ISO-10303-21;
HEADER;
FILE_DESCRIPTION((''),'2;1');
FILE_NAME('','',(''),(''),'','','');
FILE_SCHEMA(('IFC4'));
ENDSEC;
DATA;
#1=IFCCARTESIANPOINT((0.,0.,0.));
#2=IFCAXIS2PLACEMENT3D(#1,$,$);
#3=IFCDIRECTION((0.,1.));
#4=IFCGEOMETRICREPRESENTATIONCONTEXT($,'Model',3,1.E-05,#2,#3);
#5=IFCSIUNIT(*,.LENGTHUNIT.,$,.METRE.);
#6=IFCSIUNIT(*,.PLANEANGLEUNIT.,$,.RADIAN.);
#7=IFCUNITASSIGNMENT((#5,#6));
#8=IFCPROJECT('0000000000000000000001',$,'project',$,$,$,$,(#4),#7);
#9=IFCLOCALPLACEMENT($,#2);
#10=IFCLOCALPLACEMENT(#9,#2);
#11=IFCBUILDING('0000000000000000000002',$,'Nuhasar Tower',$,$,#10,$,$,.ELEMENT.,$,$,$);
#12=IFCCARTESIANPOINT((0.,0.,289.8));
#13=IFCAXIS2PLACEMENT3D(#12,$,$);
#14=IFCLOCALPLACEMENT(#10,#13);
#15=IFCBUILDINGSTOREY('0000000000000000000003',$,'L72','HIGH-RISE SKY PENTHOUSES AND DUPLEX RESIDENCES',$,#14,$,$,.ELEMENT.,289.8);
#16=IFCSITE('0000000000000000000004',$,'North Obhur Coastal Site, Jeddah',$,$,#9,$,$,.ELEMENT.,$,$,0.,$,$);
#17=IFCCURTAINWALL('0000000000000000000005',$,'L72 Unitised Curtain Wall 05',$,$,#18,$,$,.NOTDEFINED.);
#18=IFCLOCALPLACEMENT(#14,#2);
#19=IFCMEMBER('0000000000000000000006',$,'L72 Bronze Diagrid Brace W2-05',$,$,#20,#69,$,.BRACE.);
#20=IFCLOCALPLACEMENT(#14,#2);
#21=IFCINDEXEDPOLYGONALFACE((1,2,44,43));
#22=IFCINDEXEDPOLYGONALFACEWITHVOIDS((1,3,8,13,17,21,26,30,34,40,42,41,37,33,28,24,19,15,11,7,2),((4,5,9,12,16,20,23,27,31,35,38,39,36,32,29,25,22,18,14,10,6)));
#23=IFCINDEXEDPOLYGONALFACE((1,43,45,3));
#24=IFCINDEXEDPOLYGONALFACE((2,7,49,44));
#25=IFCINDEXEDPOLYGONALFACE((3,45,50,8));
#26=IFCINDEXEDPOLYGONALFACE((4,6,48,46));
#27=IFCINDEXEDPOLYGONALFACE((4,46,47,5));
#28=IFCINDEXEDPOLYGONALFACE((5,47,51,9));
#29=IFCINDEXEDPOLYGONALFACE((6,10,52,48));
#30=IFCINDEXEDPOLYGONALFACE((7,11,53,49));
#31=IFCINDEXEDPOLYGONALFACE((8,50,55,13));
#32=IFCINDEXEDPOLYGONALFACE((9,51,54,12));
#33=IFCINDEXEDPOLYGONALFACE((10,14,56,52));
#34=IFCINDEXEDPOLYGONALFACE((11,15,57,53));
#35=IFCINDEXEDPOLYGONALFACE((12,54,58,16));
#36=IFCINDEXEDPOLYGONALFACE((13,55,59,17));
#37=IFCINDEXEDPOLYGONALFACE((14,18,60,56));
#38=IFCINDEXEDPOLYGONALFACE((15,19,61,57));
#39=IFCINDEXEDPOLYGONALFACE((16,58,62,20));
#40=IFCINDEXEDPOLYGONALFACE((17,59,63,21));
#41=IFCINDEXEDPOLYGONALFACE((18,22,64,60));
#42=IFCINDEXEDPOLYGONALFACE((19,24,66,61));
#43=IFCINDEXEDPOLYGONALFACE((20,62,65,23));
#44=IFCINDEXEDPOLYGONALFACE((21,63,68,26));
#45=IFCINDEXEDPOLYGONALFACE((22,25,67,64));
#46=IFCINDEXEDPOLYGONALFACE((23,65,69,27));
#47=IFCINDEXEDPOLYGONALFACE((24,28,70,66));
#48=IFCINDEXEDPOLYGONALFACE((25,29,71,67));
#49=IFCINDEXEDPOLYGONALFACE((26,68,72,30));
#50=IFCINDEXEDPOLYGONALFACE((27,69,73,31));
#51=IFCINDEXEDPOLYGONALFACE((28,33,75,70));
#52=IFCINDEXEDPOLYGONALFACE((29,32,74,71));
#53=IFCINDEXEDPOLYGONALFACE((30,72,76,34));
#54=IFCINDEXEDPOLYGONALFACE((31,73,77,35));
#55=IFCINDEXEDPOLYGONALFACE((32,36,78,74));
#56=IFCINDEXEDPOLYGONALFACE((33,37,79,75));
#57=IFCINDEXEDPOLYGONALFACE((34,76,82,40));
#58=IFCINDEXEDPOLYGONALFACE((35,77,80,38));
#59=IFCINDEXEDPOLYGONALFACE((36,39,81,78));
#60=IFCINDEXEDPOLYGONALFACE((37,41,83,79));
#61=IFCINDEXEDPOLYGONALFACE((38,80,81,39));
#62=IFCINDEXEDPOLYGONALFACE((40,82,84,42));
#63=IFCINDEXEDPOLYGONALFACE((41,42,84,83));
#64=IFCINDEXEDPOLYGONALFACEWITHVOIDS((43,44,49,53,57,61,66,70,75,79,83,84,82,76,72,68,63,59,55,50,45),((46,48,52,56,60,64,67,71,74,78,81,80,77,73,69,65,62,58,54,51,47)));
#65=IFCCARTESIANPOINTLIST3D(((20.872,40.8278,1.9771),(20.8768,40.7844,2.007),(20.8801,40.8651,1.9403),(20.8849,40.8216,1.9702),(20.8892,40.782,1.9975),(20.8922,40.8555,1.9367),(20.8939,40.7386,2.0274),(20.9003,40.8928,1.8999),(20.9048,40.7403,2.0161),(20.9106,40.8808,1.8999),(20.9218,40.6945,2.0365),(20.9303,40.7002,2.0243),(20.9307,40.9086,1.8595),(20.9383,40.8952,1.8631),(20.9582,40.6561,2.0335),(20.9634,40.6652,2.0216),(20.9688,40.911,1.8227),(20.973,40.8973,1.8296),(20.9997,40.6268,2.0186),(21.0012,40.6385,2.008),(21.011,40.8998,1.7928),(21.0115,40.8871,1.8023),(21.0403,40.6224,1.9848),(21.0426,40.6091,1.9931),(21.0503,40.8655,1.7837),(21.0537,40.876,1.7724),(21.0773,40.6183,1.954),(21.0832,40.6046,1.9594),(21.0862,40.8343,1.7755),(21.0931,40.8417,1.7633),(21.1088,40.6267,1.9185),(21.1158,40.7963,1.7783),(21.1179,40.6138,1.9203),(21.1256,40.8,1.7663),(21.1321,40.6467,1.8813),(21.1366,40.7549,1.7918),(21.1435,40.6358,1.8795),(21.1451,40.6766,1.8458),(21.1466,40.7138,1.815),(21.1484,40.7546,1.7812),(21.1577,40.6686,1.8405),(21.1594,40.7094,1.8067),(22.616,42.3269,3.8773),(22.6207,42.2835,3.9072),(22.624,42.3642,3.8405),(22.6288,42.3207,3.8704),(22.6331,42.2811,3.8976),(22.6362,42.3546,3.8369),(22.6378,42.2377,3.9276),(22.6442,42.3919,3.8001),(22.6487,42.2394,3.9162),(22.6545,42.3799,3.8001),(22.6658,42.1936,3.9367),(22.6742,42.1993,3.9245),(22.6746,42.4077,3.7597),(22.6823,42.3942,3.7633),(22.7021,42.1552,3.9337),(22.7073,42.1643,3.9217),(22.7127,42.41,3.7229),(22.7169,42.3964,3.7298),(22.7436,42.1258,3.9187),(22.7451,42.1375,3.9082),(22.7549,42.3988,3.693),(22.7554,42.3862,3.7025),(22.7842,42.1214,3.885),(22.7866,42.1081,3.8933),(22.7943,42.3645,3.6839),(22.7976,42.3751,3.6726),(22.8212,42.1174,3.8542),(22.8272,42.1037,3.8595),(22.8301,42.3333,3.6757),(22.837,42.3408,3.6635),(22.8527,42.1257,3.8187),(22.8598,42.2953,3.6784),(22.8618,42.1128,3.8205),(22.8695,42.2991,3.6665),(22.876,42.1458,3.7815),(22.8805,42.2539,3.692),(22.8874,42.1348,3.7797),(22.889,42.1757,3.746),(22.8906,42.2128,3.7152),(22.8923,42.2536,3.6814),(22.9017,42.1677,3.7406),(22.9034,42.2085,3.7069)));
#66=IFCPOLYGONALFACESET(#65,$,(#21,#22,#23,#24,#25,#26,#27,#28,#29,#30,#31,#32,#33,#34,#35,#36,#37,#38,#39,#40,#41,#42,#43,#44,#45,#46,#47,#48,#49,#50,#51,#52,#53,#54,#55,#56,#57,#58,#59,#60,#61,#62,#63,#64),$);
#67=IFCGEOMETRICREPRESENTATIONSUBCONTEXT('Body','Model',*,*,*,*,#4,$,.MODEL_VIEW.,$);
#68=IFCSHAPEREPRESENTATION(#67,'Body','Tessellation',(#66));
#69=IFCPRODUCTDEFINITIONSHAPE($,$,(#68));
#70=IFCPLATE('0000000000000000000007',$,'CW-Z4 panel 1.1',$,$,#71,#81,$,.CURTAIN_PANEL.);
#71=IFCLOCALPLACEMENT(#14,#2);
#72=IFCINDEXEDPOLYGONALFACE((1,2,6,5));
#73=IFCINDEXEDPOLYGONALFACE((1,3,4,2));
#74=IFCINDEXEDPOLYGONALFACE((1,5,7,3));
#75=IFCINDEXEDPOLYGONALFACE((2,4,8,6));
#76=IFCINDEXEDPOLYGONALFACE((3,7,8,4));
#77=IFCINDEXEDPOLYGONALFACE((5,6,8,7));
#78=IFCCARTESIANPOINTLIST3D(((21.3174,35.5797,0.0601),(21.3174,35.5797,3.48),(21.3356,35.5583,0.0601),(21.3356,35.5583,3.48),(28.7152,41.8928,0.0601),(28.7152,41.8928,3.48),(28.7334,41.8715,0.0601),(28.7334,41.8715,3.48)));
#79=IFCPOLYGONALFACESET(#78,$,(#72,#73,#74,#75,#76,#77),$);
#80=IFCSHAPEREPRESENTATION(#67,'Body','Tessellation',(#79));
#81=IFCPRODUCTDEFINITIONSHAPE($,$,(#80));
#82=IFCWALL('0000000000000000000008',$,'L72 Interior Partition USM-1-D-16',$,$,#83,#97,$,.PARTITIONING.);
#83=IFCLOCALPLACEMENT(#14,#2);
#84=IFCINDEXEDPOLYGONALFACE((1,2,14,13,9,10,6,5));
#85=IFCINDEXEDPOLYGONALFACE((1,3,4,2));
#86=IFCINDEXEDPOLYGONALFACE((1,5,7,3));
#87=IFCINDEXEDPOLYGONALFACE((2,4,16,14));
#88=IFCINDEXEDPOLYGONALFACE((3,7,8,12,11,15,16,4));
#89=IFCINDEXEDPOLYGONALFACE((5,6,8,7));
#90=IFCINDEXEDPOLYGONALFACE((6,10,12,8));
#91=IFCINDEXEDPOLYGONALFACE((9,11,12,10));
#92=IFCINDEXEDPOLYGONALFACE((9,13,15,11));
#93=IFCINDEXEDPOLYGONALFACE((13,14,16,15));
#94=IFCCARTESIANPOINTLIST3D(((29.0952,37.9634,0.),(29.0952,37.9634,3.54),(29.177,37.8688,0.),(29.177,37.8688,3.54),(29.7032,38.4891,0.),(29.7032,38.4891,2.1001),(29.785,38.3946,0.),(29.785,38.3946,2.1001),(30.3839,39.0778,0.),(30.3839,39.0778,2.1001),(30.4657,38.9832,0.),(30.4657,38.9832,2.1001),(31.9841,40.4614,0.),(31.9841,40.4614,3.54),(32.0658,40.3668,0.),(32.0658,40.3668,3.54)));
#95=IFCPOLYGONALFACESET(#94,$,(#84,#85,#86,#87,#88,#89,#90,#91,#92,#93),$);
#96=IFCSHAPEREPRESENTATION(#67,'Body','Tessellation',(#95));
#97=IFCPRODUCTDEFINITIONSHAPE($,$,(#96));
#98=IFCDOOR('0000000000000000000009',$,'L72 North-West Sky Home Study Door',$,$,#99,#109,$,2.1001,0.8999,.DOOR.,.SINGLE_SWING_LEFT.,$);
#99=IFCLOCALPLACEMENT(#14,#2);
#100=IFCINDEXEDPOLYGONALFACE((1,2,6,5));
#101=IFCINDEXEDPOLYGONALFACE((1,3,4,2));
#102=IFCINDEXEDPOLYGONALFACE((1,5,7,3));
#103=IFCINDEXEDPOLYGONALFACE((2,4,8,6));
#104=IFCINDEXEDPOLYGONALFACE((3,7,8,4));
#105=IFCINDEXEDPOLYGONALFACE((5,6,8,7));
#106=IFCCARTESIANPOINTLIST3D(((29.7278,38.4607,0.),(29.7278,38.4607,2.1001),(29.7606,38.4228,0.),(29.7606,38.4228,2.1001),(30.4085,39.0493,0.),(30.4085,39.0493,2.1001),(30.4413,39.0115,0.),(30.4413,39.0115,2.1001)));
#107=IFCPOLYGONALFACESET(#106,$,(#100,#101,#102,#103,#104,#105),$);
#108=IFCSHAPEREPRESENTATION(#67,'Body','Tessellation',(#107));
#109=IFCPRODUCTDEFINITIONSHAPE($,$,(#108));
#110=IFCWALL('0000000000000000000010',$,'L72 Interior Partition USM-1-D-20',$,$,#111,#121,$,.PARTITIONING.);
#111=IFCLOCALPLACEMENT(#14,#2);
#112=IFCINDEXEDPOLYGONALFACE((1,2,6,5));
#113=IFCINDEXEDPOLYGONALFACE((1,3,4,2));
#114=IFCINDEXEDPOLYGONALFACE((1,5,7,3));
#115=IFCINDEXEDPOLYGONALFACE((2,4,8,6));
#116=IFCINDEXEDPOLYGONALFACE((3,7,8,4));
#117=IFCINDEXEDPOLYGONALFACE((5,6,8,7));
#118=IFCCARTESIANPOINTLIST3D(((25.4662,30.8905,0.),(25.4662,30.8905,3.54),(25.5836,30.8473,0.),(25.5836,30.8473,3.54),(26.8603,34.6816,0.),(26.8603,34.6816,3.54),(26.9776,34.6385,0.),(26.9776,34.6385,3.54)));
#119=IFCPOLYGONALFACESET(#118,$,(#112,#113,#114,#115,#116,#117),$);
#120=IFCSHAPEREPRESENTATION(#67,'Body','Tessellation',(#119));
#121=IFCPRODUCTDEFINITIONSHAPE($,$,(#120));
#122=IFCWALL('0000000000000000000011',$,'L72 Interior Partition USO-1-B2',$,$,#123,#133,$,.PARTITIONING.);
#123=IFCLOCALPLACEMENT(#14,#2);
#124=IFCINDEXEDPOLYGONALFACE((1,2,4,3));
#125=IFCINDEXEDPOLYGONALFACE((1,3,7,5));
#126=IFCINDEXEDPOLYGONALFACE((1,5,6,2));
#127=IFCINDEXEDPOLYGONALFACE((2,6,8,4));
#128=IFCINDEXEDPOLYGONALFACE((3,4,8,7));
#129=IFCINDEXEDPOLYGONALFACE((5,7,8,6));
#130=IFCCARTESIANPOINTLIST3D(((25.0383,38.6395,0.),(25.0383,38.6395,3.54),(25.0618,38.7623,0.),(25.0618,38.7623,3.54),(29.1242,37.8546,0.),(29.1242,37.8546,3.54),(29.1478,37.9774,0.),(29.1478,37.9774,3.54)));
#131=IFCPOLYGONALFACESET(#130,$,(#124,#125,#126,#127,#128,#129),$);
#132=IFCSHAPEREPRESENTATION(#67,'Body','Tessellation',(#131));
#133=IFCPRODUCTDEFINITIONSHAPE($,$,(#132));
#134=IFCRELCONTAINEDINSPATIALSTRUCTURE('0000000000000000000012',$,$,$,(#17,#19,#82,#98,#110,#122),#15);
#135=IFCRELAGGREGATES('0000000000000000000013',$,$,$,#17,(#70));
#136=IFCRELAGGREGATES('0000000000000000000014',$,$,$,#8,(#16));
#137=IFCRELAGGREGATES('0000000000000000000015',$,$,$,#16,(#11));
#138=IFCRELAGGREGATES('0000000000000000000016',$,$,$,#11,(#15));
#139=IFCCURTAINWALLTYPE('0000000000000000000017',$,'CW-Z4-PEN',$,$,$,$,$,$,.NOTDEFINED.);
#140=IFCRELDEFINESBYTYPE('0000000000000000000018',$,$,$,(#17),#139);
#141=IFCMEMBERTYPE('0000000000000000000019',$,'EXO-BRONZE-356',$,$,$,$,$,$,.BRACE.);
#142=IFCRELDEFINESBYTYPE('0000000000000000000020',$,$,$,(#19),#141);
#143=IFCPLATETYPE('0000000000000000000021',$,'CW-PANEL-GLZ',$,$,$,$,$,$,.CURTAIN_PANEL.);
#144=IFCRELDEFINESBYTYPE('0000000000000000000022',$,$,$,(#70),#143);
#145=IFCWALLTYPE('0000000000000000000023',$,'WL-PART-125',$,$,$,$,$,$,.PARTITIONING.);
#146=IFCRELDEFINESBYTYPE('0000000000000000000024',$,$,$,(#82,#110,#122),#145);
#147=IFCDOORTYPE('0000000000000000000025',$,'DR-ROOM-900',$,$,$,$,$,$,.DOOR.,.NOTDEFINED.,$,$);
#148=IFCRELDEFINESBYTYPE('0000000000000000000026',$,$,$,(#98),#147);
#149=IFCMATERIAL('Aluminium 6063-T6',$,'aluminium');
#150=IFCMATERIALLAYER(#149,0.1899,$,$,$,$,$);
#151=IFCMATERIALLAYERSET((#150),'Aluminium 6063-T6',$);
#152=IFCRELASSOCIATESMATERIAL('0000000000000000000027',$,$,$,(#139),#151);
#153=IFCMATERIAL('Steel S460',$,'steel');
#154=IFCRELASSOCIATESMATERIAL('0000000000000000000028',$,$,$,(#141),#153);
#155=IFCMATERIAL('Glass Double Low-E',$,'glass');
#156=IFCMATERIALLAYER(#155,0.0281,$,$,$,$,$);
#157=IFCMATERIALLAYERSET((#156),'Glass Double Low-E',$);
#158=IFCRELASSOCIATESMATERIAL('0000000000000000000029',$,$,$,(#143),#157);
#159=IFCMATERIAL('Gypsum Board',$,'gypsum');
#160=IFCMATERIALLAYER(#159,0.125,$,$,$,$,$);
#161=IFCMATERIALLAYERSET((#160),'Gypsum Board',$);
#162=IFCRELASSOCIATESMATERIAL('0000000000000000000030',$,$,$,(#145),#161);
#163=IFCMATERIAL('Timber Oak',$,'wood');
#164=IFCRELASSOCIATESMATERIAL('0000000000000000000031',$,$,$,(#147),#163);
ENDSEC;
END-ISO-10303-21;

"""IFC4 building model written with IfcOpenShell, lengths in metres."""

from ifc_helpers import new_model, si_unit, direction, frame, frame_2d, origin, origin_2d, place, context, subcontext, project, spatial, rectangle, hollow_circle, extrude, material, layer, layer_set, material_profile, profile_set, type_object, element, fill, aggregate, save


model = new_model("IFC4")

# Units and contexts
model_context = context("Model", 3, precision=1e-05, world=origin(), true_north=direction((0.0, 1.0)))
body_context = subcontext(model_context, "Body", "Model", "MODEL_VIEW")
ifc_project = project(units=[si_unit("LENGTHUNIT", "METRE"), si_unit("PLANEANGLEUNIT", "RADIAN")], contexts=[model_context])

# Site, building, storey
site_placement = place(None, origin())
site = spatial("IfcSite", under=ifc_project, at=site_placement, Name="North Obhur Coastal Site, Jeddah", CompositionType="ELEMENT", RefElevation=0.0)
building_placement = place(site_placement, origin())
building = spatial("IfcBuilding", under=site, at=building_placement, Name="Nuhasar Tower", CompositionType="ELEMENT")
storey_placement = place(building_placement, frame((0.0, 0.0, 289.8)))
storey = spatial("IfcBuildingStorey", under=building, at=storey_placement, Name="L72", Description="HIGH-RISE SKY PENTHOUSES AND DUPLEX RESIDENCES", CompositionType="ELEMENT", Elevation=289.8)

# Shared definitions
ifc_material_1 = material(Name="Aluminium 6063-T6", Category="aluminium")
ifc_layer_1 = layer(ifc_material_1, 0.1899)
ifc_layer_set_1 = layer_set([ifc_layer_1], Name="Aluminium 6063-T6")
curtain_wall_type = type_object("IfcCurtainWallType", Name="CW-Z4-PEN", PredefinedType="NOTDEFINED", material=ifc_layer_set_1)

# Curtain wall
curtain_wall_1_placement = place(storey_placement, origin())
curtain_wall_1 = element("IfcCurtainWall", 1, at=curtain_wall_1_placement, inside=storey, type_object=curtain_wall_type, Name="L72 Unitised Curtain Wall 05", PredefinedType="NOTDEFINED")

# Member
ifc_material_2 = material(Name="Steel S460", Category="steel")
ifc_material_profile_1 = material_profile(ifc_material_2, hollow_circle(Radius=0.1777, WallThickness=0.0159, at=origin_2d()), Name="HSS355.6X15.9")
ifc_profile_set_1 = profile_set([ifc_material_profile_1], Name="Steel S460")
member_type_1 = type_object("IfcMemberType", Name="EXO-BRONZE-356", PredefinedType="BRACE", material=ifc_profile_set_1)
member_1_placement = place(storey_placement, frame((21.0161, 40.7581, 1.8999), z_axis=(0.584595, 0.502508, 0.636973), x_axis=(-0.651857, 0.758342, 0.0)))
element("IfcMember", 2, at=member_1_placement, inside=storey, type_object=member_type_1, Name="L72 Bronze Diagrid Brace W2-05", PredefinedType="BRACE", context=body_context, shape_type="SweptSolid", body=[
    extrude(hollow_circle(Radius=0.1777, WallThickness=0.0159, at=origin_2d()), origin(), (0.0, 0.0, 1.0), 2.9832),
])

# Plate
ifc_material_3 = material(Name="Glass Double Low-E", Category="glass")
ifc_layer_2 = layer(ifc_material_3, 0.0281)
ifc_layer_set_2 = layer_set([ifc_layer_2], Name="Glass Double Low-E")
plate_type = type_object("IfcPlateType", Name="CW-PANEL-GLZ", PredefinedType="CURTAIN_PANEL", material=ifc_layer_set_2)
plate_placement = place(storey_placement, frame((25.0254, 38.7256, 0.0601), z_axis=(0.0, 0.0, 1.0), x_axis=(-0.760667, -0.649142, 0.0)))
plate = element("IfcPlate", 3, at=plate_placement, type_object=plate_type, Name="CW-Z4 panel 1.1", PredefinedType="CURTAIN_PANEL", context=body_context, shape_type="SweptSolid", body=[
    extrude(rectangle(XDim=9.7253, YDim=0.0281, at=origin_2d()), origin(), (0.0, 0.0, 1.0), 3.4199),
])
aggregate(curtain_wall_1, [plate])

# Wall, opening, door
ifc_material_4 = material(Name="Gypsum Board", Category="gypsum")
ifc_layer_3 = layer(ifc_material_4, 0.125)
ifc_layer_set_3 = layer_set([ifc_layer_3], Name="Gypsum Board")
wall_type = type_object("IfcWallType", Name="WL-PART-125", PredefinedType="PARTITIONING", material=ifc_layer_set_3)
wall_1_placement = place(storey_placement, frame((29.136, 37.916, 0.0), z_axis=(0.0, 0.0, 1.0), x_axis=(0.756425, 0.654081, 0.0)))
wall_1 = element("IfcWall", 4, at=wall_1_placement, inside=storey, type_object=wall_type, Name="L72 Interior Partition USM-1-D-16", PredefinedType="PARTITIONING", context=body_context, shape_type="SweptSolid", body=[
    extrude(rectangle(XDim=3.8191, YDim=0.125, at=frame_2d((1.9097, 0.0))), origin(), (0.0, 0.0, 1.0), 3.54),
])
opening_placement = place(wall_1_placement, frame((0.804, 0.0, 0.0)))
opening = element("IfcOpeningElement", 5, at=opening_placement, cuts=wall_1, PredefinedType="OPENING", context=body_context, shape_type="SweptSolid", body=[
    extrude(rectangle(XDim=0.8999, YDim=2.1001, at=frame_2d((0.45, 1.05))), frame((0.0, 0.0725, 0.0), z_axis=(0.0, -1.0, 0.0), x_axis=(1.0, 0.0, 0.0)), (0.0, 0.0, 1.0), 0.145),
])
ifc_material_5 = material(Name="Timber Oak", Category="wood")
door_type = type_object("IfcDoorType", Name="DR-ROOM-900", OperationType="NOTDEFINED", PredefinedType="DOOR", material=ifc_material_5)
door_placement = place(opening_placement, origin())
door = element("IfcDoor", 6, at=door_placement, inside=storey, type_object=door_type, Name="L72 North-West Sky Home Study Door", OperationType="SINGLE_SWING_LEFT", OverallHeight=2.1001, OverallWidth=0.8999, PredefinedType="DOOR", context=body_context, shape_type="SweptSolid", body=[
    extrude(rectangle(XDim=0.8999, YDim=2.1001, at=frame_2d((0.45, 1.05))), frame((0.0, 0.0249, 0.0), z_axis=(0.0, -1.0, 0.0), x_axis=(1.0, 0.0, 0.0)), (0.0, 0.0, 1.0), 0.05),
])
fill(opening, door)

# Walls
wall_2_placement = place(storey_placement, frame((26.9189, 34.6599, 0.0), z_axis=(0.0, 0.0, 1.0), x_axis=(-0.345128, -0.938556, 0.0)))
element("IfcWall", 7, at=wall_2_placement, inside=storey, type_object=wall_type, Name="L72 Interior Partition USM-1-D-20", PredefinedType="PARTITIONING", context=body_context, shape_type="SweptSolid", body=[
    extrude(rectangle(XDim=4.0393, YDim=0.125, at=frame_2d((2.0195, 0.0))), origin(), (0.0, 0.0, 1.0), 3.54),
])
wall_3_placement = place(storey_placement, frame((29.136, 37.916, 0.0), z_axis=(0.0, 0.0, 1.0), x_axis=(-0.982044, 0.188652, 0.0)))
element("IfcWall", 8, at=wall_3_placement, inside=storey, type_object=wall_type, Name="L72 Interior Partition USO-1-B2", PredefinedType="PARTITIONING", context=body_context, shape_type="SweptSolid", body=[
    extrude(rectangle(XDim=4.1606, YDim=0.125, at=frame_2d((2.0803, 0.0))), origin(), (0.0, 0.0, 1.0), 3.54),
])

save(model, "model.ifc")
